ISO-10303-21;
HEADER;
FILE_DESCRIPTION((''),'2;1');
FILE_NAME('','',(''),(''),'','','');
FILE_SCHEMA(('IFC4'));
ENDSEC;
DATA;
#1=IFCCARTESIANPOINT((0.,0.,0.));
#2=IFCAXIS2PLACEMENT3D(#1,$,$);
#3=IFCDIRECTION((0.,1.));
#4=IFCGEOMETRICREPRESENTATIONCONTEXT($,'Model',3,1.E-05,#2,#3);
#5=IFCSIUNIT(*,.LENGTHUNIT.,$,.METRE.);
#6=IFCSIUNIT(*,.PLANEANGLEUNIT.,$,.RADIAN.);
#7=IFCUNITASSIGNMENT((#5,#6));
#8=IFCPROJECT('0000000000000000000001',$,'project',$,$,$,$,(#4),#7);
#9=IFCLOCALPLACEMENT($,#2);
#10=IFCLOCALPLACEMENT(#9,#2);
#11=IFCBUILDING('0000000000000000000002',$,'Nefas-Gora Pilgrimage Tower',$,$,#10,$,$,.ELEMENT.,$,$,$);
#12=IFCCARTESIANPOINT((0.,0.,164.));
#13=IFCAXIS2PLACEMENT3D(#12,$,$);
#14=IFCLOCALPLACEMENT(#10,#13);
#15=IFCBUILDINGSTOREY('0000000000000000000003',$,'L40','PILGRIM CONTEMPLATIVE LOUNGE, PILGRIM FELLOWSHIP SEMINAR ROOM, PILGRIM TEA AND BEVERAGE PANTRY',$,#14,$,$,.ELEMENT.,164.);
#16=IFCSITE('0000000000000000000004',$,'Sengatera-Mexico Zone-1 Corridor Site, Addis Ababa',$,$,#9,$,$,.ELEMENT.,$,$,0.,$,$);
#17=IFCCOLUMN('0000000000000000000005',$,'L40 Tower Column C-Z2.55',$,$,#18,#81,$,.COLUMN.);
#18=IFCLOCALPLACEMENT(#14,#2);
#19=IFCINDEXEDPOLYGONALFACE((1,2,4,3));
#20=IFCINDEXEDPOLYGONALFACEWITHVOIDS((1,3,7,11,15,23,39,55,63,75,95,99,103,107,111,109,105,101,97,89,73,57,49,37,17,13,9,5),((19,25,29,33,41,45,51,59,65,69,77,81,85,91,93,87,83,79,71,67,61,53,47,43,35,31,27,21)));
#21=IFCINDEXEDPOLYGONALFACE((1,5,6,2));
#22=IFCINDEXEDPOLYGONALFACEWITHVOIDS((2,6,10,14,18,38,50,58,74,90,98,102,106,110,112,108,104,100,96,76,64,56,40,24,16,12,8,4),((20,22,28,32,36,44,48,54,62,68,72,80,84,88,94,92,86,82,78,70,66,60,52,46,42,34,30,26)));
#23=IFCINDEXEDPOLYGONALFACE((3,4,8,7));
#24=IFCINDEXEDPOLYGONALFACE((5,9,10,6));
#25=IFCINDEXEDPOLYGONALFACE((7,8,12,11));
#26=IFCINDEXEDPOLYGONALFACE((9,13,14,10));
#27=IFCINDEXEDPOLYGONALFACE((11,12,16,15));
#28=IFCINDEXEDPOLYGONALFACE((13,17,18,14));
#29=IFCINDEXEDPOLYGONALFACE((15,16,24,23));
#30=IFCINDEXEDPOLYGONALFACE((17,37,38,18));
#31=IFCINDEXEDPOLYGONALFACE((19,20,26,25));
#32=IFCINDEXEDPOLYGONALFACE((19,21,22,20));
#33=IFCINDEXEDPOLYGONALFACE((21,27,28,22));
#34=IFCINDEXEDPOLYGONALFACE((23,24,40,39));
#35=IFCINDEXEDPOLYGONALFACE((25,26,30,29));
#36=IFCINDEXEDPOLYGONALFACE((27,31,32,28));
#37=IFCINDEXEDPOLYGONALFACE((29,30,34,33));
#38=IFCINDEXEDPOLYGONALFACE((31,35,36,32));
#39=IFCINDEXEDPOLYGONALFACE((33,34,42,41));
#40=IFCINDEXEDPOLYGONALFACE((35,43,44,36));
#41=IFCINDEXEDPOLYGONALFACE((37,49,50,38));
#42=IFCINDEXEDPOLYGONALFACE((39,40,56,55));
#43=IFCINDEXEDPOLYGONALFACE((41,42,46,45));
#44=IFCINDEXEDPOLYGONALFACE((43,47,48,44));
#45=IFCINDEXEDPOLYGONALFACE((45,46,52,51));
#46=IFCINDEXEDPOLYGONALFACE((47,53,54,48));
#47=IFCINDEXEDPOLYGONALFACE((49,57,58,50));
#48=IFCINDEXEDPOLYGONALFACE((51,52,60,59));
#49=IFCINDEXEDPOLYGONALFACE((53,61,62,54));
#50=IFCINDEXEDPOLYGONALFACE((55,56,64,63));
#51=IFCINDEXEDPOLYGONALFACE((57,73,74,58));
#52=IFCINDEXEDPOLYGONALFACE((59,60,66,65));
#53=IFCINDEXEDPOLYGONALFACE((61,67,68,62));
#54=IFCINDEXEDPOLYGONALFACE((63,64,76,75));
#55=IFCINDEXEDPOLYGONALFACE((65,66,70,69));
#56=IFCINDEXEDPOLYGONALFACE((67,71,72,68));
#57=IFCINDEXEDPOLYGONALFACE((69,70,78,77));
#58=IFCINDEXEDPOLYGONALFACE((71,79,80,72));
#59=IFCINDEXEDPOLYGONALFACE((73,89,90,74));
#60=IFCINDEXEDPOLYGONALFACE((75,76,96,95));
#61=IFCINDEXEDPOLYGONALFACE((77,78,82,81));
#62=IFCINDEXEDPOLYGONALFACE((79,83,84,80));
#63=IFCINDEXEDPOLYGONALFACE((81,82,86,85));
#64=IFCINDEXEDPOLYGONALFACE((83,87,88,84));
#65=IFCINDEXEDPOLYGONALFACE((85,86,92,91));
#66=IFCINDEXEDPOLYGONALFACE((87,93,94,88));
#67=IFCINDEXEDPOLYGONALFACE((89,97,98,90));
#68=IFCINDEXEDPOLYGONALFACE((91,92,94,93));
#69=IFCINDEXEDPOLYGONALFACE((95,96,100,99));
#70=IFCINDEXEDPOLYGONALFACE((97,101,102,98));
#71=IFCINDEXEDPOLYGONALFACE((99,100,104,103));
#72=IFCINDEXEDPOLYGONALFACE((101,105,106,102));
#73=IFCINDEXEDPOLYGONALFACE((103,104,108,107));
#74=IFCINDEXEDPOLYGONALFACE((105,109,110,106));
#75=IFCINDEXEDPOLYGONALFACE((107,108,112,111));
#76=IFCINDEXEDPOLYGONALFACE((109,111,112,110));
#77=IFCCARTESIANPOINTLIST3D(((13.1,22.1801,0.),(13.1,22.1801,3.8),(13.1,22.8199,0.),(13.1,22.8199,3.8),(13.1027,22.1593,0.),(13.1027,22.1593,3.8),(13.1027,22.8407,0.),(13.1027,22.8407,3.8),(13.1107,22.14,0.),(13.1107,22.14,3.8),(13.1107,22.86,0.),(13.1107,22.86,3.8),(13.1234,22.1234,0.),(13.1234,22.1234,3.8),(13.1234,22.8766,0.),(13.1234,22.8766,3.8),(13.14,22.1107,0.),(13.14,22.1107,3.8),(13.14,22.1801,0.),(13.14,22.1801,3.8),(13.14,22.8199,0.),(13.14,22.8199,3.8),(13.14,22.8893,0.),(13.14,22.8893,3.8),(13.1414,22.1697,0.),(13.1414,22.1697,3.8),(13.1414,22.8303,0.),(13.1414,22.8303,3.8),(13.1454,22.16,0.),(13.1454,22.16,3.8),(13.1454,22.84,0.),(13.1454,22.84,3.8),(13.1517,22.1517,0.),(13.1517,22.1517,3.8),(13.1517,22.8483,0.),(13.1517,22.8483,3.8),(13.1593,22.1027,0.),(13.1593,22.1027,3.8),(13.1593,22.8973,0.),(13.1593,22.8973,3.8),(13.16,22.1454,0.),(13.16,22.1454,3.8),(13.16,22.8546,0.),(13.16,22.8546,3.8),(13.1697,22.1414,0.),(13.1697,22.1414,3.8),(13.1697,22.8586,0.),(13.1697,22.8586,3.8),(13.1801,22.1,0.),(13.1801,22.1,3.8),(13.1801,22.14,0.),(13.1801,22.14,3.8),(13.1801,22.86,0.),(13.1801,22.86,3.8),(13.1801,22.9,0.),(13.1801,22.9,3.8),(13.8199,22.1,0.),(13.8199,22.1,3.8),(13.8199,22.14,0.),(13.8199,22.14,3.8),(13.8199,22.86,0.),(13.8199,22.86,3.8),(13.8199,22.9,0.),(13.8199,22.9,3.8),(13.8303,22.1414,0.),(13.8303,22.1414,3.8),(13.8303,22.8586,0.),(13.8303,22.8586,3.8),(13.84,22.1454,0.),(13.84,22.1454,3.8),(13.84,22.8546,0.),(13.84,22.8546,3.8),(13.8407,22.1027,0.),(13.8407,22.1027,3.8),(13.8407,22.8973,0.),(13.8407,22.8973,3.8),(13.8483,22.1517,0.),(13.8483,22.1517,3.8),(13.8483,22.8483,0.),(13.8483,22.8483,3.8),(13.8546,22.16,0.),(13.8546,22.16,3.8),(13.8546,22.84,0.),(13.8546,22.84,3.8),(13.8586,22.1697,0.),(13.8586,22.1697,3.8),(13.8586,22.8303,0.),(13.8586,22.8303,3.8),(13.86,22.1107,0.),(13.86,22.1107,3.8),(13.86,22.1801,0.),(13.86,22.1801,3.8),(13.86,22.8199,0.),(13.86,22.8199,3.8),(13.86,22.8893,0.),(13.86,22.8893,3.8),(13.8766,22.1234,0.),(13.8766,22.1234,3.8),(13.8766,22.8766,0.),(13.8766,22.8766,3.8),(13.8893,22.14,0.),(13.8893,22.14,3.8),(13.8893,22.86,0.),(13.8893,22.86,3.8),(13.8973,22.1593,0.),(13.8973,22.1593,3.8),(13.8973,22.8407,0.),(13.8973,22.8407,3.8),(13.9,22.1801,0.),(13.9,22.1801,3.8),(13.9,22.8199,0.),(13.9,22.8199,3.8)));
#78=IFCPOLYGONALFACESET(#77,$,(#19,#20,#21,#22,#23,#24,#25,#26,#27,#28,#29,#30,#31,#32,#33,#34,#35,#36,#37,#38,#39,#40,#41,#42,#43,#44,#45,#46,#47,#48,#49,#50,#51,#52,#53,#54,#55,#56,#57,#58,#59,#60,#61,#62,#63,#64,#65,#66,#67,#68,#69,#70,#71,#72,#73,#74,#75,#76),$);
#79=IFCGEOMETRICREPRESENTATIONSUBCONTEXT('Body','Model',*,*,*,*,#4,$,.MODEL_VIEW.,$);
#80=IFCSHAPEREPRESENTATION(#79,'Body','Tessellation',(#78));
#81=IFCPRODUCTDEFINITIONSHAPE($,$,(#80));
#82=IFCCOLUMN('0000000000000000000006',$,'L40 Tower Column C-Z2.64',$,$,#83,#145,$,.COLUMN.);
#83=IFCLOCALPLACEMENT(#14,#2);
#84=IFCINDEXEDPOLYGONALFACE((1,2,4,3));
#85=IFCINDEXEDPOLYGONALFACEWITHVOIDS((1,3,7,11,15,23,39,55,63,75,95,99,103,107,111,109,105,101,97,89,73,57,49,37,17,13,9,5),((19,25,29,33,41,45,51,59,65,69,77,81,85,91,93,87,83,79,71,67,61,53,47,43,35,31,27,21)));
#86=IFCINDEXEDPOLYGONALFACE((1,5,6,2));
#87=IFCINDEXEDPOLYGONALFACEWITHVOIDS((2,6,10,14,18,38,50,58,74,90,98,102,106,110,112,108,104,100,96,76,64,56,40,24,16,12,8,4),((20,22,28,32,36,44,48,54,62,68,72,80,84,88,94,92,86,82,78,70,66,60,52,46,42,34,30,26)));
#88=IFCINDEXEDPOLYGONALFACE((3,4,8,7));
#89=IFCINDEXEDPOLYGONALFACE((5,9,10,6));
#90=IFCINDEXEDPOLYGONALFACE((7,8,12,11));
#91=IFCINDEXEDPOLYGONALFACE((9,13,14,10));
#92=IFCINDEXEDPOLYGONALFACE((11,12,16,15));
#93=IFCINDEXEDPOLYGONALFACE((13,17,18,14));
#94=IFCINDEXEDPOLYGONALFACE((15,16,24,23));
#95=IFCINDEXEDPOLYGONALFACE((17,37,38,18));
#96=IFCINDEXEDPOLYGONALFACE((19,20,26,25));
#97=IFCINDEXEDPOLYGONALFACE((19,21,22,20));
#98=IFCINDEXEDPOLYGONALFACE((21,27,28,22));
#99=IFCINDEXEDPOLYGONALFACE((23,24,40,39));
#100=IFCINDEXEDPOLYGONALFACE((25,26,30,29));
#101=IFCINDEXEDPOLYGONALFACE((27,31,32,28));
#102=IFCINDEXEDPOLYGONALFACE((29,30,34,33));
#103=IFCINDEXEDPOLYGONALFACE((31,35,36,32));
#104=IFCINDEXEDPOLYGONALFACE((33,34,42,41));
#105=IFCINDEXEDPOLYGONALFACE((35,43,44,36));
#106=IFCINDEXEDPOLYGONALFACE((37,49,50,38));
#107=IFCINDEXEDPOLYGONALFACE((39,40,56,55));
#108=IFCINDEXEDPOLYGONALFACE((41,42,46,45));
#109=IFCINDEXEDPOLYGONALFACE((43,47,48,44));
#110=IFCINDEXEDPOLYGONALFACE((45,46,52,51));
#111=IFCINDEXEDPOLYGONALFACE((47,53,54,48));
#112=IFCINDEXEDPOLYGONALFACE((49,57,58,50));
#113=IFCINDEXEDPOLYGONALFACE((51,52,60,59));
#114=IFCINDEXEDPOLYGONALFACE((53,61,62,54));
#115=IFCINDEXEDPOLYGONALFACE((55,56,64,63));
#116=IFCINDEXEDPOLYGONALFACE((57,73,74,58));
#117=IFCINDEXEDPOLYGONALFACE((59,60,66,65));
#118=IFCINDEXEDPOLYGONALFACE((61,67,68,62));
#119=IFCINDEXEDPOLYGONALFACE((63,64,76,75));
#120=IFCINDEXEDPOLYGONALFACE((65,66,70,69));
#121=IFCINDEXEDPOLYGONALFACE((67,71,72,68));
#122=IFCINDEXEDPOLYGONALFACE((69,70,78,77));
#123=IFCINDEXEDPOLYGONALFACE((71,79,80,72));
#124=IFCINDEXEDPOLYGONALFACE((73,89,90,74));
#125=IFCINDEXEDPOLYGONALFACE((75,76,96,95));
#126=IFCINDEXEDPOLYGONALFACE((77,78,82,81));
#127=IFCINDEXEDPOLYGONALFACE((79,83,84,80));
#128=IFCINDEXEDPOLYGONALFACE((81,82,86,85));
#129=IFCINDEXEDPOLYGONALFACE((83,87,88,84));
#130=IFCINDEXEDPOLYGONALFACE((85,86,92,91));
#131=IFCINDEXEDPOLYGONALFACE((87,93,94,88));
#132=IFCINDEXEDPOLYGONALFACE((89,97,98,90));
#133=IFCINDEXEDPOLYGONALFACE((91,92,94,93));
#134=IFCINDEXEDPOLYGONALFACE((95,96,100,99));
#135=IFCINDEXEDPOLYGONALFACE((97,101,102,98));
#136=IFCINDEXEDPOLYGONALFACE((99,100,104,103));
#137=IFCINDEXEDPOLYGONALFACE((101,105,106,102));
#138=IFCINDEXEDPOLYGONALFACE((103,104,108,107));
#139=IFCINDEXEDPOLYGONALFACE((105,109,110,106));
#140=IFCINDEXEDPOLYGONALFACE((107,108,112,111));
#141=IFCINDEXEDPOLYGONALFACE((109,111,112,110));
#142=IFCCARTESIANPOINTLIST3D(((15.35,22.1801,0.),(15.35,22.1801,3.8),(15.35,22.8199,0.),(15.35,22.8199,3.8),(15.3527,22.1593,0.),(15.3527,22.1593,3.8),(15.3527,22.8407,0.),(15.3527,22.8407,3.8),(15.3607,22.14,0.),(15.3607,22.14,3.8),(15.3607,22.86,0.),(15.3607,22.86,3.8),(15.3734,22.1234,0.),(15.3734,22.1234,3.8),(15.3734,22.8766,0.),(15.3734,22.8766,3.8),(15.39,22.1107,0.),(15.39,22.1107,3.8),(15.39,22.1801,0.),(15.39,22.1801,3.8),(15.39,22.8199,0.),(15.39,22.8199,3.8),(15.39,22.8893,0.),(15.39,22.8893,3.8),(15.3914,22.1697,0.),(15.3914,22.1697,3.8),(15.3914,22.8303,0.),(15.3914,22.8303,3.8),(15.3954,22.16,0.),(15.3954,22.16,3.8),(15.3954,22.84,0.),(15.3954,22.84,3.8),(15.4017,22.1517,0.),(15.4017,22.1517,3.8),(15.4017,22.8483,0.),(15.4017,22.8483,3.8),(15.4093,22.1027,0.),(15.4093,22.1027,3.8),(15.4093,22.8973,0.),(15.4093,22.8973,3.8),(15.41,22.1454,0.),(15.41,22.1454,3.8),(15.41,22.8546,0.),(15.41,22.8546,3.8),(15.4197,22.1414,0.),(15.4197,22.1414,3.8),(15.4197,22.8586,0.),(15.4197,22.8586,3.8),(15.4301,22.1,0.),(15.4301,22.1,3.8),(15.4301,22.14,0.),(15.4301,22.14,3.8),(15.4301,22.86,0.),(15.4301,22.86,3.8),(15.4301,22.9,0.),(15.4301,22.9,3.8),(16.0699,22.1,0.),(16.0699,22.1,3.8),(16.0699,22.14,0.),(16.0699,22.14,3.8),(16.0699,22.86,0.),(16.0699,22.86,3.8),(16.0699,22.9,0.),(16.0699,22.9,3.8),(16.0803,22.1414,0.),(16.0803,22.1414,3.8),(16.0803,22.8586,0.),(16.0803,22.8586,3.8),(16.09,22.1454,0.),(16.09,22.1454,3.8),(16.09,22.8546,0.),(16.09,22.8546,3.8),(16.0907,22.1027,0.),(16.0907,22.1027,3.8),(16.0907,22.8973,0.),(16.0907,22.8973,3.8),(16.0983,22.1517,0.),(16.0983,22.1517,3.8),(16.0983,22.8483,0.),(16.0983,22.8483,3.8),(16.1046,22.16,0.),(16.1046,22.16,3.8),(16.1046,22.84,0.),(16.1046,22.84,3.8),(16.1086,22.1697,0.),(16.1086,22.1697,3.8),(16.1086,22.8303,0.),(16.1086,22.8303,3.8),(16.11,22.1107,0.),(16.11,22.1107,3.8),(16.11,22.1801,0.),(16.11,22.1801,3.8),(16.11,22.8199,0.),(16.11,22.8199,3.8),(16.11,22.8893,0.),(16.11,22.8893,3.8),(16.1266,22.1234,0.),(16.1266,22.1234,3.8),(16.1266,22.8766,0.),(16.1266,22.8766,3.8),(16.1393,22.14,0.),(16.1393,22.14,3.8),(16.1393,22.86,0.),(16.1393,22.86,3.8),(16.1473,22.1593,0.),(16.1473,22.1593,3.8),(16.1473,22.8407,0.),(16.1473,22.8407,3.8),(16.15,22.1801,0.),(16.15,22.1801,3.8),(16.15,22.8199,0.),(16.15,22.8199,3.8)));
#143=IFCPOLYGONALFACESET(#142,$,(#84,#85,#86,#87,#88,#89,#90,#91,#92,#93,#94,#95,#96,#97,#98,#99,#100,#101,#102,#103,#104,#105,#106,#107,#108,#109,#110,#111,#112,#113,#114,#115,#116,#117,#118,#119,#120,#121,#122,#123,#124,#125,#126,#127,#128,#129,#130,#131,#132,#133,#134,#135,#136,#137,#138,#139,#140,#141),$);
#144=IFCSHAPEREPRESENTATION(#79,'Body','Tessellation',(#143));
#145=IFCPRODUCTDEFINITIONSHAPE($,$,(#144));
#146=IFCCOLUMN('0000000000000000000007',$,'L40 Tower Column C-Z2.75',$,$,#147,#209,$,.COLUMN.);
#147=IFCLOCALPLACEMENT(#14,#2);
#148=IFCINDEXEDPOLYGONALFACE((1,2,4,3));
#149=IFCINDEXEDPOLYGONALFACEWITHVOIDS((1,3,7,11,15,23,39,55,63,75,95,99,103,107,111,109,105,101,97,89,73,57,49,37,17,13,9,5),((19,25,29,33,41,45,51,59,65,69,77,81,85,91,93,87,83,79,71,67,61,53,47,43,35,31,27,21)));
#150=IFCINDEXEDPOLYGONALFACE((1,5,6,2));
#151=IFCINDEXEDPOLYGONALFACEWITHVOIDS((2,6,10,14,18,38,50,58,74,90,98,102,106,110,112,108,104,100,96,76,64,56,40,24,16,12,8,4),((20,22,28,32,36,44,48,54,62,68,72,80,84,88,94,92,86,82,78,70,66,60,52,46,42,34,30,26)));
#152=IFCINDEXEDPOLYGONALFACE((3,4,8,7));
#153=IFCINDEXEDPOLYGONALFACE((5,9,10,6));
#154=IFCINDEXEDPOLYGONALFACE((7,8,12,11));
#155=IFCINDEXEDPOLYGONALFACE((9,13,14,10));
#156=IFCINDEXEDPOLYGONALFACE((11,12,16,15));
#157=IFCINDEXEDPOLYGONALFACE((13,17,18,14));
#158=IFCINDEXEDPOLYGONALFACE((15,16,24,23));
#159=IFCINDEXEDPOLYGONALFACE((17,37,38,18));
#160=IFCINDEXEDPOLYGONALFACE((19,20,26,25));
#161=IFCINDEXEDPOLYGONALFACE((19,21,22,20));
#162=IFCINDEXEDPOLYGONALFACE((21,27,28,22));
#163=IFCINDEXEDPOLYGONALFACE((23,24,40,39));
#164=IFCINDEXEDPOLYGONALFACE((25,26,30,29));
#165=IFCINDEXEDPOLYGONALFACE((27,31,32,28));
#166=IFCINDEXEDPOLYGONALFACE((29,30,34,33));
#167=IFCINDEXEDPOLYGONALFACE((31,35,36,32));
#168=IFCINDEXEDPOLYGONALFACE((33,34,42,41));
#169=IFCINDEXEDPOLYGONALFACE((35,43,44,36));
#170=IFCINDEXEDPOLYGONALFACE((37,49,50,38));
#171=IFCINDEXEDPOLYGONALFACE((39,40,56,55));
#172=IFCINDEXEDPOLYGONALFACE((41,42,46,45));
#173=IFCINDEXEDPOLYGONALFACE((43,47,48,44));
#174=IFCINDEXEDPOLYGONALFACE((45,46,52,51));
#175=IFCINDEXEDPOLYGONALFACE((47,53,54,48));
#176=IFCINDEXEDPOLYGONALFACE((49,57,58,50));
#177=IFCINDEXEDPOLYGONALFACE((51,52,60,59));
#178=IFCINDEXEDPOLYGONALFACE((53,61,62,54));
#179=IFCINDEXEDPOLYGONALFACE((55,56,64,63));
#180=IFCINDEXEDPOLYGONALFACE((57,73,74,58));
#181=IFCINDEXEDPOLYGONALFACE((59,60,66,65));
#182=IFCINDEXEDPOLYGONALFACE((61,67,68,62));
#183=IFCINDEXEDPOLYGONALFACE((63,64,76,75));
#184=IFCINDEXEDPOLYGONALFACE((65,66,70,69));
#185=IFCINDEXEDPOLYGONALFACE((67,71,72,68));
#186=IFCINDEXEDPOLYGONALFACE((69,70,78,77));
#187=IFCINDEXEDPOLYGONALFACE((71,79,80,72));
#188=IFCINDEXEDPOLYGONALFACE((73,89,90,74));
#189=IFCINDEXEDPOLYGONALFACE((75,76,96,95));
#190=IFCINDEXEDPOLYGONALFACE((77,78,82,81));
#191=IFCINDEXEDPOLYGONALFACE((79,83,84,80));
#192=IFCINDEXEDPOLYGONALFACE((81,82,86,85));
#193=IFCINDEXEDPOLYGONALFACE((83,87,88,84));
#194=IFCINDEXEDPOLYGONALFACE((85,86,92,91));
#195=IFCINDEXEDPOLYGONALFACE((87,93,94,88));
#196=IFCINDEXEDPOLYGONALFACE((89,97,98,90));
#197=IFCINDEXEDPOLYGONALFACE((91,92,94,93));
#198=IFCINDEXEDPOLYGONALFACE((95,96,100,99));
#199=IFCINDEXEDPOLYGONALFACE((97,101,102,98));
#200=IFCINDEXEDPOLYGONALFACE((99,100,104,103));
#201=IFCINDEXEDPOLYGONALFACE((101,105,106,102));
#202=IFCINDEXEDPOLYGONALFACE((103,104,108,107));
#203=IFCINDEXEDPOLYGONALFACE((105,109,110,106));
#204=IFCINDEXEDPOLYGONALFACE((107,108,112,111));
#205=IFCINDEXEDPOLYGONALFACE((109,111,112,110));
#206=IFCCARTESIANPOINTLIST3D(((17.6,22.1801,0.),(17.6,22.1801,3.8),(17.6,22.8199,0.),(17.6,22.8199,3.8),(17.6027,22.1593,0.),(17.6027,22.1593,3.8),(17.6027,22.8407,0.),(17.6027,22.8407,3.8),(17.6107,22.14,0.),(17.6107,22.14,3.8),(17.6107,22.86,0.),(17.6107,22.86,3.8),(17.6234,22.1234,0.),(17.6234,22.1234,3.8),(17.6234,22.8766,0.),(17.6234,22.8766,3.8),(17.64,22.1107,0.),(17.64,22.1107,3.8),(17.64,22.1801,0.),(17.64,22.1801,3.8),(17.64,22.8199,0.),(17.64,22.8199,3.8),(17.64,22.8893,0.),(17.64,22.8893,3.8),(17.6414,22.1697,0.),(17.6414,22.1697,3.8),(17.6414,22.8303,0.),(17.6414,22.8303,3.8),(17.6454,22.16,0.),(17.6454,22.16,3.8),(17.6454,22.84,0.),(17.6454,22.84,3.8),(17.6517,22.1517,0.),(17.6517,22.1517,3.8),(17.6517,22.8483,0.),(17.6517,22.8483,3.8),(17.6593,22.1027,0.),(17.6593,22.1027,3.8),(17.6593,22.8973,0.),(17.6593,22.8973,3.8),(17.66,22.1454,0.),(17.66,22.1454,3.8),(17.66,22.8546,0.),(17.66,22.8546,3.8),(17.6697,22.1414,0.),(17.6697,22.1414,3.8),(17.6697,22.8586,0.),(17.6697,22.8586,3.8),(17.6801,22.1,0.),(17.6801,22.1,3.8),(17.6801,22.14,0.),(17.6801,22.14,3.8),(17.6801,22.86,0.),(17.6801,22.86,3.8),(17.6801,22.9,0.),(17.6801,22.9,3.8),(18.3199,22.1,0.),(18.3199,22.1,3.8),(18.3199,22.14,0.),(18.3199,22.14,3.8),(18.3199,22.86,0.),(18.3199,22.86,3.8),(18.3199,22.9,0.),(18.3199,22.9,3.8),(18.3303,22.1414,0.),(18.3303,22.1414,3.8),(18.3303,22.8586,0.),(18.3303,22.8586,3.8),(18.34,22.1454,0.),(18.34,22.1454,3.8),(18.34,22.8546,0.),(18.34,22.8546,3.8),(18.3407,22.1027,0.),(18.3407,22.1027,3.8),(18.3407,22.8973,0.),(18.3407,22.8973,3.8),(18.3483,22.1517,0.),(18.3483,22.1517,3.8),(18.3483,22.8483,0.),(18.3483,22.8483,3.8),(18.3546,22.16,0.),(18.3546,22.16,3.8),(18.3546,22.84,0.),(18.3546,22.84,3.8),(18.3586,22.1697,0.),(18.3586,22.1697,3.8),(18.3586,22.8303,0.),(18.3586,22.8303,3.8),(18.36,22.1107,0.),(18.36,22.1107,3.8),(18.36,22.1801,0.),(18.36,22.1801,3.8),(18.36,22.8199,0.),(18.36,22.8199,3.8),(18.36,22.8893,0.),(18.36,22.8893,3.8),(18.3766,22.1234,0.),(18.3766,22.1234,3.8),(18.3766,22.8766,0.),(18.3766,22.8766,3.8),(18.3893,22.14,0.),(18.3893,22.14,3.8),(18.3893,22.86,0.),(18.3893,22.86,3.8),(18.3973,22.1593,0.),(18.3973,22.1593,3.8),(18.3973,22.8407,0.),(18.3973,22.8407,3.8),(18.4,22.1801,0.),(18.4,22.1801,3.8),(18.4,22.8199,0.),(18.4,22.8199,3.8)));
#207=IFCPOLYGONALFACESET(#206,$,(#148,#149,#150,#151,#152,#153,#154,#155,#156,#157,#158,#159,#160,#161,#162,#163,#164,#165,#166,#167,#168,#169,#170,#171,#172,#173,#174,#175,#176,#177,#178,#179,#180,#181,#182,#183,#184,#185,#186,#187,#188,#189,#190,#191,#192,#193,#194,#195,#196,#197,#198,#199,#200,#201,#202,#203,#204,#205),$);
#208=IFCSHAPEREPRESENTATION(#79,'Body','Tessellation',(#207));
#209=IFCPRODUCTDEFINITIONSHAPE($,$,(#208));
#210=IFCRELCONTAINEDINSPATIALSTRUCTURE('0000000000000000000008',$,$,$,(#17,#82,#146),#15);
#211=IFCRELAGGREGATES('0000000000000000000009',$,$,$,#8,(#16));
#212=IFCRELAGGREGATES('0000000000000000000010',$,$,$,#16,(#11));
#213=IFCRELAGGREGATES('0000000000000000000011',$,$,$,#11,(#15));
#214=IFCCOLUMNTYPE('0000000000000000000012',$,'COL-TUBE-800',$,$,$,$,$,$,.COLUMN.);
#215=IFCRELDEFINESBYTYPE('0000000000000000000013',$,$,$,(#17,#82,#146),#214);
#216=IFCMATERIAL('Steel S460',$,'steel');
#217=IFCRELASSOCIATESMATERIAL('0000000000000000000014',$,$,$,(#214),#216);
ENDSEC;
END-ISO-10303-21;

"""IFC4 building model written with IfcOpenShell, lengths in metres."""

from ifc_helpers import new_model, si_unit, direction, frame, origin, origin_2d, place, context, subcontext, project, spatial, hollow_rectangle, extrude, source, transform, mapped, material, material_profile, profile_set, type_object, element, save


model = new_model("IFC4")

# Units and contexts
model_context = context("Model", 3, precision=1e-05, world=origin(), true_north=direction((0.0, 1.0)))
body_context = subcontext(model_context, "Body", "Model", "MODEL_VIEW")
ifc_project = project(units=[si_unit("LENGTHUNIT", "METRE"), si_unit("PLANEANGLEUNIT", "RADIAN")], contexts=[model_context])

# Site, building, storey
site_placement = place(None, origin())
site = spatial("IfcSite", under=ifc_project, at=site_placement, Name="Sengatera-Mexico Zone-1 Corridor Site, Addis Ababa", CompositionType="ELEMENT", RefElevation=0.0)
building_placement = place(site_placement, origin())
building = spatial("IfcBuilding", under=site, at=building_placement, Name="Nefas-Gora Pilgrimage Tower", CompositionType="ELEMENT")
storey_placement = place(building_placement, frame((0.0, 0.0, 164.0)))
storey = spatial("IfcBuildingStorey", under=building, at=storey_placement, Name="L40", Description="PILGRIM CONTEMPLATIVE LOUNGE, PILGRIM FELLOWSHIP SEMINAR ROOM, PILGRIM TEA AND BEVERAGE PANTRY", CompositionType="ELEMENT", Elevation=164.0)

# Columns
ifc_material_1 = material(Name="Steel S460", Category="steel")
ifc_material_profile_1 = material_profile(ifc_material_1, hollow_rectangle(XDim=0.8, YDim=0.8, WallThickness=0.04, InnerFilletRadius=0.04, OuterFilletRadius=0.0801, at=origin_2d()), Name="BOX 800x800x40")
ifc_profile_set_1 = profile_set([ifc_material_profile_1], Name="Steel S460")
column_type_1 = type_object("IfcColumnType", Name="COL-TUBE-800", PredefinedType="COLUMN", material=ifc_profile_set_1)
shared_shape_1 = source(origin(), body_context, "Body", "SweptSolid", [
    extrude(hollow_rectangle(XDim=0.8, YDim=0.8, WallThickness=0.04, InnerFilletRadius=0.04, OuterFilletRadius=0.0801, at=origin_2d()), origin(), (0.0, 0.0, 1.0), 3.8),
])
for number, where, z_axis, x_axis, name in (
    (1, (13.5, 22.5, 0.0), (0.0, 0.0, 1.0), (1.0, 0.0, 0.0), "L40 Tower Column C-Z2.55"),
    (2, (15.75, 22.5, 0.0), (0.0, 0.0, 1.0), (1.0, 0.0, 0.0), "L40 Tower Column C-Z2.64"),
    (3, (18.0, 22.5, 0.0), (0.0, 0.0, 1.0), (1.0, 0.0, 0.0), "L40 Tower Column C-Z2.75"),
):
    element("IfcColumn", number, at=place(storey_placement, frame(where, z_axis=z_axis, x_axis=x_axis)), inside=storey, type_object=column_type_1, Name=name, PredefinedType="COLUMN", context=body_context, shape_type="MappedRepresentation", body=[
        mapped(shared_shape_1, transform((0.0, 0.0, 0.0), x_axis=(1.0, 0.0, 0.0), y_axis=(0.0, 1.0, 0.0), z_axis=(0.0, 0.0, 1.0), scale=1.0)),
    ])

save(model, "model.ifc")
